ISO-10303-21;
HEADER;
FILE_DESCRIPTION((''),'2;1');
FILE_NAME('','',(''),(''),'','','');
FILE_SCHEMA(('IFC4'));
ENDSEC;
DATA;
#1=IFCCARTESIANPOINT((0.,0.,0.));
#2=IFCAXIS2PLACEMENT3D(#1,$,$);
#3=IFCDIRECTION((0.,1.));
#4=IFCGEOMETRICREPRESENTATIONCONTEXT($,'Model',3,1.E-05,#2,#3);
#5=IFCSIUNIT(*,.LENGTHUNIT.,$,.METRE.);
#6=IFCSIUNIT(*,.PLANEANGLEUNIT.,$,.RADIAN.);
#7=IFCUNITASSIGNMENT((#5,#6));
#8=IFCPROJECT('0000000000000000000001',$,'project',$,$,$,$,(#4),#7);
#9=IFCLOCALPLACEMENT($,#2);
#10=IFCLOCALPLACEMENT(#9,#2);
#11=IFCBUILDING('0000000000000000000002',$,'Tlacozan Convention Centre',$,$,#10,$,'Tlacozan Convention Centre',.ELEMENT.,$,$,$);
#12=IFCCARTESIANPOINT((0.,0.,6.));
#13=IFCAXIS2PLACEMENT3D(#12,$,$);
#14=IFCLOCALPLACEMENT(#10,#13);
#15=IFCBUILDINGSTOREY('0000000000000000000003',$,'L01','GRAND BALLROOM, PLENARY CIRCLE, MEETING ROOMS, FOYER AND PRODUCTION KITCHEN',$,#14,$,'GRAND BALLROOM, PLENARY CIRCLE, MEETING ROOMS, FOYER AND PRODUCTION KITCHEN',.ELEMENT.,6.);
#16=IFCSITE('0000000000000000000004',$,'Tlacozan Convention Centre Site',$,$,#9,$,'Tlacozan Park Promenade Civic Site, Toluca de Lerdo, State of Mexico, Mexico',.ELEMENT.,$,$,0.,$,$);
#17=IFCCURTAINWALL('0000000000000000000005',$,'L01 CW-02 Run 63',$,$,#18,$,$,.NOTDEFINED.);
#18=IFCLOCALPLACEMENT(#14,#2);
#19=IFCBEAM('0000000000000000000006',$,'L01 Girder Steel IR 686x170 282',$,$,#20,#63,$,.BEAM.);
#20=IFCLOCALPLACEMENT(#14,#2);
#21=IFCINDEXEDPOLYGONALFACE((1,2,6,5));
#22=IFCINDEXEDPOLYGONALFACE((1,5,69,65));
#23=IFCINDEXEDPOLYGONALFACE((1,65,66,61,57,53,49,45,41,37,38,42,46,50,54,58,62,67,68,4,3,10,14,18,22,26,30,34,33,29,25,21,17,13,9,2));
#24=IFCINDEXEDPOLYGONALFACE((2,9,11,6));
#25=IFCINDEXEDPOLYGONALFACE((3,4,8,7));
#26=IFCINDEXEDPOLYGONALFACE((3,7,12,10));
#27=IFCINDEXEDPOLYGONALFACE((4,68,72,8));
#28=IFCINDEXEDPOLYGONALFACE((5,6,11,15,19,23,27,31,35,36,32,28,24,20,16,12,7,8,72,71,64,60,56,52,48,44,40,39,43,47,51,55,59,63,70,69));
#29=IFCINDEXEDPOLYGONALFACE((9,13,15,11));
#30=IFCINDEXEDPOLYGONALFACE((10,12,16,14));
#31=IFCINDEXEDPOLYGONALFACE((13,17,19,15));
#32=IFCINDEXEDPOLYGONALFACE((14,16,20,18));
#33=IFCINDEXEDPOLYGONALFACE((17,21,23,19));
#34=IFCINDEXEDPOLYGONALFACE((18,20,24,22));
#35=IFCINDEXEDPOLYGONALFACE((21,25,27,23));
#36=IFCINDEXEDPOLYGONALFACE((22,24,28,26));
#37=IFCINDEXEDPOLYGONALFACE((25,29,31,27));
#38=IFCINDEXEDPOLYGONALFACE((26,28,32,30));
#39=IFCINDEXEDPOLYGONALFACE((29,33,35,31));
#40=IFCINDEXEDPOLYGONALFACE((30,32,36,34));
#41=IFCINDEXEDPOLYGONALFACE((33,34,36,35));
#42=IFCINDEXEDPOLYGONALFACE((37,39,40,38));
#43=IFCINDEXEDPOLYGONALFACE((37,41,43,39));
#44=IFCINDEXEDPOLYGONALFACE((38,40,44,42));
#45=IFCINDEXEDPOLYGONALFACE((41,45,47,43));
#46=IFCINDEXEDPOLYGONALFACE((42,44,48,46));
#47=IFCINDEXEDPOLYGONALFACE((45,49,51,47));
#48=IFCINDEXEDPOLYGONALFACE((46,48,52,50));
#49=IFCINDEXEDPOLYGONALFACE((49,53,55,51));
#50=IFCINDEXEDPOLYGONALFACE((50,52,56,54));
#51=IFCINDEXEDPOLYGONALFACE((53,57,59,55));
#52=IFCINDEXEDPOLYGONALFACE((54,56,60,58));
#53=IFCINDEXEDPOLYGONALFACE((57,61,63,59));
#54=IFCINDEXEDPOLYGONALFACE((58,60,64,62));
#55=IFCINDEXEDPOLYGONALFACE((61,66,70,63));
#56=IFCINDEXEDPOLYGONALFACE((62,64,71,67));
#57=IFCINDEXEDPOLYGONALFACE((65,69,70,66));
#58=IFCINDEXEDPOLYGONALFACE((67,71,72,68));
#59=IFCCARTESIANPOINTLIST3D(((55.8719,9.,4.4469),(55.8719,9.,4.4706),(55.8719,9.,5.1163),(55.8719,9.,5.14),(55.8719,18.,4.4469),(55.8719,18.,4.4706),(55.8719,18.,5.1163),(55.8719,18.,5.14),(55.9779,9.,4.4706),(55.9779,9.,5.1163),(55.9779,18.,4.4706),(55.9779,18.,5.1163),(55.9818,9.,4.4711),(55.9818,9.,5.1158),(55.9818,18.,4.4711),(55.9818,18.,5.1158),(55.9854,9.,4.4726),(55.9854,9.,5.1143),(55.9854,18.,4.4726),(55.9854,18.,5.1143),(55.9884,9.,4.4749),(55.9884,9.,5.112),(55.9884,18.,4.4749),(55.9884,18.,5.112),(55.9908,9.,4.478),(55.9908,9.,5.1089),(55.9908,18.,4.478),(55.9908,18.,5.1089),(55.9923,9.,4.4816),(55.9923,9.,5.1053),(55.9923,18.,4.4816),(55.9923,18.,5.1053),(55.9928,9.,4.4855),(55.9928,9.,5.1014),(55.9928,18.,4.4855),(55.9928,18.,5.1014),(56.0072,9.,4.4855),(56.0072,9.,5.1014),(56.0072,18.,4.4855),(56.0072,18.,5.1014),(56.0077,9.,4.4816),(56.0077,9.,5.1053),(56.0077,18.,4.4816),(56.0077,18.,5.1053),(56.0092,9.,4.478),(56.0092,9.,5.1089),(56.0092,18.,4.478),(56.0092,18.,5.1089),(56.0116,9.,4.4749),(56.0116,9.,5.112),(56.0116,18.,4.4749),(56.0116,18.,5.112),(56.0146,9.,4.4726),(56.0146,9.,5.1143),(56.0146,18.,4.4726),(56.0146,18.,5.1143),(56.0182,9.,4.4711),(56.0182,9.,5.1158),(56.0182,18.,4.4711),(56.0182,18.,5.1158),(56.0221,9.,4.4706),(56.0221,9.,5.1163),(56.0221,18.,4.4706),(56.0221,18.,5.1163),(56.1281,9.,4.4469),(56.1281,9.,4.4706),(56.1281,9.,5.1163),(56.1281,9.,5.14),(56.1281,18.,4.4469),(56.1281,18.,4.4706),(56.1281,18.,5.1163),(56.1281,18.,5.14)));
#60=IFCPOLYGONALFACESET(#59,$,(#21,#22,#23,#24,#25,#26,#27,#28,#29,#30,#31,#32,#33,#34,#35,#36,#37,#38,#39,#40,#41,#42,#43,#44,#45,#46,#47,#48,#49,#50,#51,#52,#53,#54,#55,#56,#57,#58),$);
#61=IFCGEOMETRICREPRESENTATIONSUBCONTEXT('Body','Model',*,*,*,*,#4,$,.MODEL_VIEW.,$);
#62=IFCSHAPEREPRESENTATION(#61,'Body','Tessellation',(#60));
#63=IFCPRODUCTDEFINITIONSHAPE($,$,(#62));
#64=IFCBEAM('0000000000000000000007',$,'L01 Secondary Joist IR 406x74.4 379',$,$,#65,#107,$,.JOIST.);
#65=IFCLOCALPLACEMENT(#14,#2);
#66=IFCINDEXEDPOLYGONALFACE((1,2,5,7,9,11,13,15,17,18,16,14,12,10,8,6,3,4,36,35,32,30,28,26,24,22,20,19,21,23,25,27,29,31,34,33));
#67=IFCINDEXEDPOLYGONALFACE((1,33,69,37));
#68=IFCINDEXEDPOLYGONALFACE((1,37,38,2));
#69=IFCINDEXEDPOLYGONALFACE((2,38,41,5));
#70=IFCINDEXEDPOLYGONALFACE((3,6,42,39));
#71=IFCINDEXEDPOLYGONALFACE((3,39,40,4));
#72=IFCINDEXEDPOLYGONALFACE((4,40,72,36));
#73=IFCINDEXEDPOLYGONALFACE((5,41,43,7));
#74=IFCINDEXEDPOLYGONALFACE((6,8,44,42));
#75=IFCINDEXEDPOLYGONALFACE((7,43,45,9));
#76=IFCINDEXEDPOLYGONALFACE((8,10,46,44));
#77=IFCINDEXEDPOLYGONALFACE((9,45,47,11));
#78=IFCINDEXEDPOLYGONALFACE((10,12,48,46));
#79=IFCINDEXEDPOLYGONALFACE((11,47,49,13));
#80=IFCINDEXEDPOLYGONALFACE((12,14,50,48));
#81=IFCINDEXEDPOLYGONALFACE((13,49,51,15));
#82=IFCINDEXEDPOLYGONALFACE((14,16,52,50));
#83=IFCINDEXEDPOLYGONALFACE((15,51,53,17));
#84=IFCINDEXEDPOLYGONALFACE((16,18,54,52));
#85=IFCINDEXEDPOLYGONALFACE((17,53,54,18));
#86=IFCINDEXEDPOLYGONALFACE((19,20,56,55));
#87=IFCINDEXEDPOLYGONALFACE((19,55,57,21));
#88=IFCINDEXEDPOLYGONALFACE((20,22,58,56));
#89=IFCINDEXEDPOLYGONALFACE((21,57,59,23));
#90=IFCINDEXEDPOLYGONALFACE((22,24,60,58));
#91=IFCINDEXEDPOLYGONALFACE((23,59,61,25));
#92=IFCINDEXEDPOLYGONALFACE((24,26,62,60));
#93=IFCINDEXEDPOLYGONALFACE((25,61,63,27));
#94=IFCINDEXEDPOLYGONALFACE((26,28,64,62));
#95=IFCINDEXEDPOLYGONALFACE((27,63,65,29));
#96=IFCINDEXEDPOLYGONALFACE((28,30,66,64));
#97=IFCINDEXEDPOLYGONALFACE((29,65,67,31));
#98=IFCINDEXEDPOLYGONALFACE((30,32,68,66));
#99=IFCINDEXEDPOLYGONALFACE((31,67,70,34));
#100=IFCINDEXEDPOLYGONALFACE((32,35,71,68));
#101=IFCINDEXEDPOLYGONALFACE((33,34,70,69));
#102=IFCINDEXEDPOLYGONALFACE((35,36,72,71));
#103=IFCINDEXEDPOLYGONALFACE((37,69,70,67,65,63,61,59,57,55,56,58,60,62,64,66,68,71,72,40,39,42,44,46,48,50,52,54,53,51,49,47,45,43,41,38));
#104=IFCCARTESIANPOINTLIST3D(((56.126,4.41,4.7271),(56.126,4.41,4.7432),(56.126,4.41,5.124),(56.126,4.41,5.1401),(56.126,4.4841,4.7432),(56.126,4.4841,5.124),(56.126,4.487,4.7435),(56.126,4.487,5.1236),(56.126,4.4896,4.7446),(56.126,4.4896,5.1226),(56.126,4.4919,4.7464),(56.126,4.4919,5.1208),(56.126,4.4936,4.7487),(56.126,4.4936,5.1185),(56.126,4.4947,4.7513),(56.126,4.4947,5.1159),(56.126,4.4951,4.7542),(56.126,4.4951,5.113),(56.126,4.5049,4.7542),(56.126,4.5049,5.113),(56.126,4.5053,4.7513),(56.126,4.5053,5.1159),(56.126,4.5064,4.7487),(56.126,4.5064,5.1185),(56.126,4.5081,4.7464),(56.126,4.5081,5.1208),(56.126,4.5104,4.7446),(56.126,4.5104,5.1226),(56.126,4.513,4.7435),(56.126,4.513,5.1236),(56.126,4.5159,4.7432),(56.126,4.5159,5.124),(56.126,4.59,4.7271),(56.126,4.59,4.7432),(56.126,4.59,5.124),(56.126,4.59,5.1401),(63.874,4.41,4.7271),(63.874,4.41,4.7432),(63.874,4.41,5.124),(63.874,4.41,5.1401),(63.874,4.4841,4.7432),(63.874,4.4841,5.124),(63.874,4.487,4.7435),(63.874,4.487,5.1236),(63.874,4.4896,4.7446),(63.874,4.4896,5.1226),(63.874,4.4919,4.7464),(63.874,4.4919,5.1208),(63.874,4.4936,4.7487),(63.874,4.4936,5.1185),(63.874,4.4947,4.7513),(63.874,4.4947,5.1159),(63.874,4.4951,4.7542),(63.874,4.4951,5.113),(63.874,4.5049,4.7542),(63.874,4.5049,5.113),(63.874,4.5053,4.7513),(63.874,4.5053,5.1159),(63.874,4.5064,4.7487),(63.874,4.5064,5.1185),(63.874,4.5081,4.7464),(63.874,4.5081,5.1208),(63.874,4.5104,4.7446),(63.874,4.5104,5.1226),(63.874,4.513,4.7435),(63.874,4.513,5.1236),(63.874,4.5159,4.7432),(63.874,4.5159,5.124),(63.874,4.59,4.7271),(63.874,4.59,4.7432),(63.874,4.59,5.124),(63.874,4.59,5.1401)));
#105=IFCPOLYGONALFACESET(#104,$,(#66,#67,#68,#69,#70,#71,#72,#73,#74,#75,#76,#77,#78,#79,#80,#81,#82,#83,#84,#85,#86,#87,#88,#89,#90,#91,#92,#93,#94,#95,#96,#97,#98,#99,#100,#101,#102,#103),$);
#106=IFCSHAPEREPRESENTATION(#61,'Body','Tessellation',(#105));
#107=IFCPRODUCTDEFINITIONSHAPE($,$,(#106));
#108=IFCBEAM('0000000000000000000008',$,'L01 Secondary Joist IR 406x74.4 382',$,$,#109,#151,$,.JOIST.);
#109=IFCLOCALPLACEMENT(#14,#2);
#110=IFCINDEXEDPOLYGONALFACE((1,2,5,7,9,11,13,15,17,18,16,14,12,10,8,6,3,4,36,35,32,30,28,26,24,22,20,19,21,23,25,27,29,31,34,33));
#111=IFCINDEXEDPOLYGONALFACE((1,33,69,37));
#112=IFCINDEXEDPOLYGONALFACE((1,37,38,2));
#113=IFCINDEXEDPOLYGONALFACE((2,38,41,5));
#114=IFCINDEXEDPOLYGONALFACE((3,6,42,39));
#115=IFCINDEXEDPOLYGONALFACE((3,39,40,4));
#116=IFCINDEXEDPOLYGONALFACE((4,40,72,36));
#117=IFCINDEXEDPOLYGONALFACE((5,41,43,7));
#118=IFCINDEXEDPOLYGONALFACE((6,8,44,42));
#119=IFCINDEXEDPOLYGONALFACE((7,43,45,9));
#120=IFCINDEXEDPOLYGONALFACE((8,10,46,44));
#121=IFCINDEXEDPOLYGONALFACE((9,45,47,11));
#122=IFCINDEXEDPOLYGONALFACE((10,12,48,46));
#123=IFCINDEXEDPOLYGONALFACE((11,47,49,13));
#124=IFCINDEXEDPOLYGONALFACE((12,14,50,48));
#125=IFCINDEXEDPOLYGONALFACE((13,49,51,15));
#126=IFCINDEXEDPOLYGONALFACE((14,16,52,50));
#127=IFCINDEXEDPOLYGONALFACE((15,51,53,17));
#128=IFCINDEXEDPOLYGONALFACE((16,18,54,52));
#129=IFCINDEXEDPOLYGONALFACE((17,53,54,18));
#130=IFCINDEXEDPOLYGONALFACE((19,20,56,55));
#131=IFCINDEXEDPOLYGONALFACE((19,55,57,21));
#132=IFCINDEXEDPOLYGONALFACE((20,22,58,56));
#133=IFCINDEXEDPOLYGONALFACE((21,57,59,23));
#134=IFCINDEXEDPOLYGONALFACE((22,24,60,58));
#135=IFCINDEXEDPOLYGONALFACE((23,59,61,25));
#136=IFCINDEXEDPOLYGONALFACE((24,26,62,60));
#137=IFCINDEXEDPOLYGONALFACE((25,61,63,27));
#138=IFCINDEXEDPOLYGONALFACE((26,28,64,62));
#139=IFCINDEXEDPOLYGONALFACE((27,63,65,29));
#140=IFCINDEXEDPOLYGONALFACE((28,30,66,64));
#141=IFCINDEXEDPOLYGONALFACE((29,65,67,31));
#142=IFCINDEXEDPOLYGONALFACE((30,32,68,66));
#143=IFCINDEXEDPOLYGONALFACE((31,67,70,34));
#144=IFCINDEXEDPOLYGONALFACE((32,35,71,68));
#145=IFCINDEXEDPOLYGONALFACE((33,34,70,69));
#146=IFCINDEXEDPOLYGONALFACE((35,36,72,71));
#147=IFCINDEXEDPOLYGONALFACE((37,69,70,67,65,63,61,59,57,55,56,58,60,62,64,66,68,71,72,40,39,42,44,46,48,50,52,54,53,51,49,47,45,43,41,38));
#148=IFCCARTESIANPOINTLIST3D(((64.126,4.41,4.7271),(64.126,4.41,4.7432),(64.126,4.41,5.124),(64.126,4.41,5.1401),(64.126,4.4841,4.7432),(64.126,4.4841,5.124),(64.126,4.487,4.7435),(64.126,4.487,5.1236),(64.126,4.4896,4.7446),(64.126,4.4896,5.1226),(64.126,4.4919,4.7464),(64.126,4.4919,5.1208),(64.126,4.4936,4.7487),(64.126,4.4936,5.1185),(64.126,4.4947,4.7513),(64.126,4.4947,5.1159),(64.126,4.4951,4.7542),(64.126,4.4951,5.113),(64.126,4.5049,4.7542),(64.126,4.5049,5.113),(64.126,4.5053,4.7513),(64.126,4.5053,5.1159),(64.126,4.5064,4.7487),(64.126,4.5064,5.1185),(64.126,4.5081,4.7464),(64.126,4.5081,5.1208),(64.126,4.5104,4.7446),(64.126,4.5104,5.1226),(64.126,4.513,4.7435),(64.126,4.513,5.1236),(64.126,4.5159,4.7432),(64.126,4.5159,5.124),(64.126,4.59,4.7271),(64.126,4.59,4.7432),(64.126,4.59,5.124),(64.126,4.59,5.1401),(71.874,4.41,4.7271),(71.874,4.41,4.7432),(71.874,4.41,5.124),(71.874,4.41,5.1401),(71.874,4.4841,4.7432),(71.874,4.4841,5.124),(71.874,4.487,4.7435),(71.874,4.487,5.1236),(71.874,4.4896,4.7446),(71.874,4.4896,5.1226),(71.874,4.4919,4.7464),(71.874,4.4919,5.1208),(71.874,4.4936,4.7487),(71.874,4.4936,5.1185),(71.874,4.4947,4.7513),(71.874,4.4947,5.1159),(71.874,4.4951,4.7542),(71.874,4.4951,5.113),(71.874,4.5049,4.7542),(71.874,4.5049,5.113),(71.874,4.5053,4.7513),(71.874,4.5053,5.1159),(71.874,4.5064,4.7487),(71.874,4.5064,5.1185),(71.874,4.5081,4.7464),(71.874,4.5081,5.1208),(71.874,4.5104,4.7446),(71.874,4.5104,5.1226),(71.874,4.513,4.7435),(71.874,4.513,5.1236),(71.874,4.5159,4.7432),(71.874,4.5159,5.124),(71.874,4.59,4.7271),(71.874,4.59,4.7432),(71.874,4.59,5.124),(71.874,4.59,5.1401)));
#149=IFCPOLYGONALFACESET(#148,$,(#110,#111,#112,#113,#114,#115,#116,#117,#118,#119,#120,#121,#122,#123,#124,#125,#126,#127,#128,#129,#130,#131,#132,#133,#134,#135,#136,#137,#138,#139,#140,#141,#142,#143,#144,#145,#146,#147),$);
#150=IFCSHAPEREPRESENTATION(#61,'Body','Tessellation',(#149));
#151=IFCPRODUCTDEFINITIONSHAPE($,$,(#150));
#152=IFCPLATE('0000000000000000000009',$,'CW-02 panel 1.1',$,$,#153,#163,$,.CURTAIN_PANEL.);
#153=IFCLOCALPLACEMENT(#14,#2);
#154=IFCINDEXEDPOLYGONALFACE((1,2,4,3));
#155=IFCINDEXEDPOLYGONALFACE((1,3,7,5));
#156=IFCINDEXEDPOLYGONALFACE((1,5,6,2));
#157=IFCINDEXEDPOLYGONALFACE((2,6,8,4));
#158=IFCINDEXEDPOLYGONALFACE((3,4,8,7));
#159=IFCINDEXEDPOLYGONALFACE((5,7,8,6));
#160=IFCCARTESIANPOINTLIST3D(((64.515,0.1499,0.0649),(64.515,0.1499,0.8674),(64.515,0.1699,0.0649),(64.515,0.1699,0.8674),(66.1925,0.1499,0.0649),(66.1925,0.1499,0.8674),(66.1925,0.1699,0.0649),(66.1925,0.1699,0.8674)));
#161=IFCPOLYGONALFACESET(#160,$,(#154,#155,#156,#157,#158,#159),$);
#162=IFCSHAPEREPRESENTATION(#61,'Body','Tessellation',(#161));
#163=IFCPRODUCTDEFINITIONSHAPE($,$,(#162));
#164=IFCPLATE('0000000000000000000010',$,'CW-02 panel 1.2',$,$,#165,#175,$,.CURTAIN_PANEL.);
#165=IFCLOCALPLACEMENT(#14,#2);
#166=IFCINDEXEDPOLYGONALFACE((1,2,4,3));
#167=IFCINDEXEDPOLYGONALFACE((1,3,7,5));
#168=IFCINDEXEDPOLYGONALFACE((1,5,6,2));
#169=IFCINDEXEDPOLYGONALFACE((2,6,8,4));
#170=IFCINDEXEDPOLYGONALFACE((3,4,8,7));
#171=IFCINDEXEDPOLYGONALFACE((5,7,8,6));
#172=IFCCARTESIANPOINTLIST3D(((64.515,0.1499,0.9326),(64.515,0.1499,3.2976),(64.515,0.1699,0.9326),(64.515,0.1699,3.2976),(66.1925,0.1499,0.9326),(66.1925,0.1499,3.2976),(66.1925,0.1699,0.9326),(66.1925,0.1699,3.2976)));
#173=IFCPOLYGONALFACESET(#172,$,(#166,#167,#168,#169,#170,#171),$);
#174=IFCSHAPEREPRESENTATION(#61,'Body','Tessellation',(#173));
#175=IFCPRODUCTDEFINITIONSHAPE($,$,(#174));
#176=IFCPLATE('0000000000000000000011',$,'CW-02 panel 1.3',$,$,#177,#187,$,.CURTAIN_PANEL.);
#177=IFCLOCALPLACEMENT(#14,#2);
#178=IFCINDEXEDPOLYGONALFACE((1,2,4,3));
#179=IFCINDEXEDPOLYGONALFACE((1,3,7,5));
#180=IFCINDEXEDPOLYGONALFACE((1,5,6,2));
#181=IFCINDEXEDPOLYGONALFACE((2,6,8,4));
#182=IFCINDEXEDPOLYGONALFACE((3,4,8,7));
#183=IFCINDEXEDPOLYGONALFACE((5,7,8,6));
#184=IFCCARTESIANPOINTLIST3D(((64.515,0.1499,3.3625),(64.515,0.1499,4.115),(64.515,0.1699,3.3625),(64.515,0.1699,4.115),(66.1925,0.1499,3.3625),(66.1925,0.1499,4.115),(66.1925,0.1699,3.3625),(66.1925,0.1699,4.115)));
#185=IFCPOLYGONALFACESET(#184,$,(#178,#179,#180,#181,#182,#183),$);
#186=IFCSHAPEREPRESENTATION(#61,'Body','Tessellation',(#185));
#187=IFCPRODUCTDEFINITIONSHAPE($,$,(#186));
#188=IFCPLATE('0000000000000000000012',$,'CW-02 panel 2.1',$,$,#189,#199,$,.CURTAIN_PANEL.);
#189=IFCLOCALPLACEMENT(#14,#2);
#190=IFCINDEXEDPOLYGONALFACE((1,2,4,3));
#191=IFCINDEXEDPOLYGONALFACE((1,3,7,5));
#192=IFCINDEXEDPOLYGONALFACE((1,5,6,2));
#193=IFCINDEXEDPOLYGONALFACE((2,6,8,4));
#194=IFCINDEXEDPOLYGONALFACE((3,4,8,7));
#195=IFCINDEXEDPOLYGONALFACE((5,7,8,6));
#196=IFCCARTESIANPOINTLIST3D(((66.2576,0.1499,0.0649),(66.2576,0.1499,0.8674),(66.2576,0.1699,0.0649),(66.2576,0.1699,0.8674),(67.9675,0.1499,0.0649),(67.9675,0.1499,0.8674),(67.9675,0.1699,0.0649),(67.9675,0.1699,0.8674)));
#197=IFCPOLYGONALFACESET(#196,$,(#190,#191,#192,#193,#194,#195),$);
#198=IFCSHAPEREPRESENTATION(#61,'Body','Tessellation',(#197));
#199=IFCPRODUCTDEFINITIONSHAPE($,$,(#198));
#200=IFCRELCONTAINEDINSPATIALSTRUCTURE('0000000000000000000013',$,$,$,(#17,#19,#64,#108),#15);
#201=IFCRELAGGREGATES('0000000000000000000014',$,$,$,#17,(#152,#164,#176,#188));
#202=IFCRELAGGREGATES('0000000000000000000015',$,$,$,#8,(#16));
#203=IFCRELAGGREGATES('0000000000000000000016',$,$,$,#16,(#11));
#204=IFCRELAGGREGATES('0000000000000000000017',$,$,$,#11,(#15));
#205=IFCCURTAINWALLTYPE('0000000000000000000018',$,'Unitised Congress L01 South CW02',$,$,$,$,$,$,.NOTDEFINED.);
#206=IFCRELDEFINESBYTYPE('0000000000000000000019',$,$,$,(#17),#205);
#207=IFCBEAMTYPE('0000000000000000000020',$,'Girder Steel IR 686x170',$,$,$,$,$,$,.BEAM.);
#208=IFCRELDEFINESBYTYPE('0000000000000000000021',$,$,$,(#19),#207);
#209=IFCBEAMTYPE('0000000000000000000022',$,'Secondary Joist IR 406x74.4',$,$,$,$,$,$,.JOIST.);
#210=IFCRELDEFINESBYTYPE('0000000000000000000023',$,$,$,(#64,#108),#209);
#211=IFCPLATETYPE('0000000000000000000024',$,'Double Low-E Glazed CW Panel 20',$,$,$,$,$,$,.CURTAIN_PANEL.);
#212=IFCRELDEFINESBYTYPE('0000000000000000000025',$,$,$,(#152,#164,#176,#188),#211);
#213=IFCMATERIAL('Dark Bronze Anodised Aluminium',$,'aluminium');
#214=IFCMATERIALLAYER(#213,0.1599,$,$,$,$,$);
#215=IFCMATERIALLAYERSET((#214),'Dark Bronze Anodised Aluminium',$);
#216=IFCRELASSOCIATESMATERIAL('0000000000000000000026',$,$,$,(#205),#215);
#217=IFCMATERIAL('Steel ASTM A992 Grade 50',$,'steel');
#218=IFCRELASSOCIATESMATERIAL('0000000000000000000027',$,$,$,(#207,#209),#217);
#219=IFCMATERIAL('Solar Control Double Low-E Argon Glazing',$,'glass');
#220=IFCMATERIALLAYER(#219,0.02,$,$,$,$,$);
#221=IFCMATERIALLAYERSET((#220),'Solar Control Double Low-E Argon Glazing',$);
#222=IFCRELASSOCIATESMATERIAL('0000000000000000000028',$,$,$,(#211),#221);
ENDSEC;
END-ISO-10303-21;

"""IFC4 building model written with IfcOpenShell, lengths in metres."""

from ifc_helpers import new_model, si_unit, direction, frame, origin, origin_2d, place, context, subcontext, project, spatial, rectangle, i_section, extrude, material, layer, layer_set, material_profile, profile_set, type_object, element, aggregate, save


model = new_model("IFC4")

# Units and contexts
model_context = context("Model", 3, precision=1e-05, world=origin(), true_north=direction((0.0, 1.0)))
body_context = subcontext(model_context, "Body", "Model", "MODEL_VIEW")
ifc_project = project(units=[si_unit("LENGTHUNIT", "METRE"), si_unit("PLANEANGLEUNIT", "RADIAN")], contexts=[model_context])

# Site, building, storey
site_placement = place(None, origin())
site = spatial("IfcSite", under=ifc_project, at=site_placement, Name="Tlacozan Convention Centre Site", LongName="Tlacozan Park Promenade Civic Site, Toluca de Lerdo, State of Mexico, Mexico", CompositionType="ELEMENT", RefElevation=0.0)
building_placement = place(site_placement, origin())
building = spatial("IfcBuilding", under=site, at=building_placement, Name="Tlacozan Convention Centre", LongName="Tlacozan Convention Centre", CompositionType="ELEMENT")
storey_placement = place(building_placement, frame((0.0, 0.0, 6.0)))
storey = spatial("IfcBuildingStorey", under=building, at=storey_placement, Name="L01", Description="GRAND BALLROOM, PLENARY CIRCLE, MEETING ROOMS, FOYER AND PRODUCTION KITCHEN", LongName="GRAND BALLROOM, PLENARY CIRCLE, MEETING ROOMS, FOYER AND PRODUCTION KITCHEN", CompositionType="ELEMENT", Elevation=6.0)

# Shared definitions
ifc_material_1 = material(Name="Dark Bronze Anodised Aluminium", Category="aluminium")
ifc_layer_1 = layer(ifc_material_1, 0.1599)
ifc_layer_set_1 = layer_set([ifc_layer_1], Name="Dark Bronze Anodised Aluminium")
curtain_wall_type = type_object("IfcCurtainWallType", Name="Unitised Congress L01 South CW02", PredefinedType="NOTDEFINED", material=ifc_layer_set_1)

# Curtain wall
curtain_wall_1_placement = place(storey_placement, origin())
curtain_wall_1 = element("IfcCurtainWall", 1, at=curtain_wall_1_placement, inside=storey, type_object=curtain_wall_type, Name="L01 CW-02 Run 63", PredefinedType="NOTDEFINED")

# Beams
ifc_material_2 = material(Name="Steel ASTM A992 Grade 50", Category="steel")
ifc_material_profile_1 = material_profile(ifc_material_2, i_section(OverallWidth=0.2561, OverallDepth=0.6931, WebThickness=0.0144, FlangeThickness=0.0237, FilletRadius=0.0149, at=origin_2d()), Name="IR 686x170.0")
ifc_profile_set_1 = profile_set([ifc_material_profile_1], Name="Steel ASTM A992 Grade 50")
beam_type_1 = type_object("IfcBeamType", Name="Girder Steel IR 686x170", PredefinedType="BEAM", material=ifc_profile_set_1)
beam_placement = place(storey_placement, frame((56.0, 9.0, 4.7935), z_axis=(0.0, 1.0, 0.0), x_axis=(-1.0, 0.0, 0.0)))
element("IfcBeam", 2, at=beam_placement, inside=storey, type_object=beam_type_1, Name="L01 Girder Steel IR 686x170 282", PredefinedType="BEAM", context=body_context, shape_type="SweptSolid", body=[
    extrude(i_section(OverallWidth=0.2561, OverallDepth=0.6931, WebThickness=0.0144, FlangeThickness=0.0237, FilletRadius=0.0149, at=origin_2d()), origin(), (0.0, 0.0, 1.0), 9.0),
])
ifc_material_profile_2 = material_profile(ifc_material_2, i_section(OverallWidth=0.1799, OverallDepth=0.4131, WebThickness=0.0098, FlangeThickness=0.0161, FilletRadius=0.011, at=origin_2d()), Name="IR 406x74.4")
ifc_profile_set_2 = profile_set([ifc_material_profile_2], Name="Steel ASTM A992 Grade 50")
beam_type_2 = type_object("IfcBeamType", Name="Secondary Joist IR 406x74.4", PredefinedType="JOIST", material=ifc_profile_set_2)
for number, where, z_axis, x_axis, name in (
    (3, (56.126, 4.5, 4.9336), (1.0, 0.0, 0.0), (0.0, 1.0, 0.0), "L01 Secondary Joist IR 406x74.4 379"),
    (4, (64.126, 4.5, 4.9336), (1.0, 0.0, 0.0), (0.0, 1.0, 0.0), "L01 Secondary Joist IR 406x74.4 382"),
):
    element("IfcBeam", number, at=place(storey_placement, frame(where, z_axis=z_axis, x_axis=x_axis)), inside=storey, type_object=beam_type_2, Name=name, PredefinedType="JOIST", context=body_context, shape_type="SweptSolid", body=[
        extrude(i_section(OverallWidth=0.1799, OverallDepth=0.4131, WebThickness=0.0098, FlangeThickness=0.0161, FilletRadius=0.011, at=origin_2d()), origin(), (0.0, 0.0, 1.0), 7.748),
    ])

# Plates
ifc_material_3 = material(Name="Solar Control Double Low-E Argon Glazing", Category="glass")
ifc_layer_2 = layer(ifc_material_3, 0.02)
ifc_layer_set_2 = layer_set([ifc_layer_2], Name="Solar Control Double Low-E Argon Glazing")
plate_type_1 = type_object("IfcPlateType", Name="Double Low-E Glazed CW Panel 20", PredefinedType="CURTAIN_PANEL", material=ifc_layer_set_2)
plate_1_placement = place(storey_placement, frame((65.3538, 0.1599, 0.0649), z_axis=(0.0, 0.0, 1.0), x_axis=(1.0, 0.0, 0.0)))
plate_1 = element("IfcPlate", 5, at=plate_1_placement, type_object=plate_type_1, Name="CW-02 panel 1.1", PredefinedType="CURTAIN_PANEL", context=body_context, shape_type="SweptSolid", body=[
    extrude(rectangle(XDim=1.6775, YDim=0.02, at=origin_2d()), origin(), (0.0, 0.0, 1.0), 0.8025),
])
plate_2_placement = place(storey_placement, frame((65.3538, 0.1599, 0.9326), z_axis=(0.0, 0.0, 1.0), x_axis=(1.0, 0.0, 0.0)))
plate_2 = element("IfcPlate", 6, at=plate_2_placement, type_object=plate_type_1, Name="CW-02 panel 1.2", PredefinedType="CURTAIN_PANEL", context=body_context, shape_type="SweptSolid", body=[
    extrude(rectangle(XDim=1.6775, YDim=0.02, at=origin_2d()), origin(), (0.0, 0.0, 1.0), 2.365),
])
plate_3_placement = place(storey_placement, frame((65.3538, 0.1599, 3.3625), z_axis=(0.0, 0.0, 1.0), x_axis=(1.0, 0.0, 0.0)))
plate_3 = element("IfcPlate", 7, at=plate_3_placement, type_object=plate_type_1, Name="CW-02 panel 1.3", PredefinedType="CURTAIN_PANEL", context=body_context, shape_type="SweptSolid", body=[
    extrude(rectangle(XDim=1.6775, YDim=0.02, at=origin_2d()), origin(), (0.0, 0.0, 1.0), 0.7524),
])
plate_4_placement = place(storey_placement, frame((67.1125, 0.1599, 0.0649), z_axis=(0.0, 0.0, 1.0), x_axis=(1.0, 0.0, 0.0)))
plate_4 = element("IfcPlate", 8, at=plate_4_placement, type_object=plate_type_1, Name="CW-02 panel 2.1", PredefinedType="CURTAIN_PANEL", context=body_context, shape_type="SweptSolid", body=[
    extrude(rectangle(XDim=1.71, YDim=0.02, at=origin_2d()), origin(), (0.0, 0.0, 1.0), 0.8025),
])
aggregate(curtain_wall_1, [plate_1, plate_2, plate_3, plate_4])

save(model, "model.ifc")
